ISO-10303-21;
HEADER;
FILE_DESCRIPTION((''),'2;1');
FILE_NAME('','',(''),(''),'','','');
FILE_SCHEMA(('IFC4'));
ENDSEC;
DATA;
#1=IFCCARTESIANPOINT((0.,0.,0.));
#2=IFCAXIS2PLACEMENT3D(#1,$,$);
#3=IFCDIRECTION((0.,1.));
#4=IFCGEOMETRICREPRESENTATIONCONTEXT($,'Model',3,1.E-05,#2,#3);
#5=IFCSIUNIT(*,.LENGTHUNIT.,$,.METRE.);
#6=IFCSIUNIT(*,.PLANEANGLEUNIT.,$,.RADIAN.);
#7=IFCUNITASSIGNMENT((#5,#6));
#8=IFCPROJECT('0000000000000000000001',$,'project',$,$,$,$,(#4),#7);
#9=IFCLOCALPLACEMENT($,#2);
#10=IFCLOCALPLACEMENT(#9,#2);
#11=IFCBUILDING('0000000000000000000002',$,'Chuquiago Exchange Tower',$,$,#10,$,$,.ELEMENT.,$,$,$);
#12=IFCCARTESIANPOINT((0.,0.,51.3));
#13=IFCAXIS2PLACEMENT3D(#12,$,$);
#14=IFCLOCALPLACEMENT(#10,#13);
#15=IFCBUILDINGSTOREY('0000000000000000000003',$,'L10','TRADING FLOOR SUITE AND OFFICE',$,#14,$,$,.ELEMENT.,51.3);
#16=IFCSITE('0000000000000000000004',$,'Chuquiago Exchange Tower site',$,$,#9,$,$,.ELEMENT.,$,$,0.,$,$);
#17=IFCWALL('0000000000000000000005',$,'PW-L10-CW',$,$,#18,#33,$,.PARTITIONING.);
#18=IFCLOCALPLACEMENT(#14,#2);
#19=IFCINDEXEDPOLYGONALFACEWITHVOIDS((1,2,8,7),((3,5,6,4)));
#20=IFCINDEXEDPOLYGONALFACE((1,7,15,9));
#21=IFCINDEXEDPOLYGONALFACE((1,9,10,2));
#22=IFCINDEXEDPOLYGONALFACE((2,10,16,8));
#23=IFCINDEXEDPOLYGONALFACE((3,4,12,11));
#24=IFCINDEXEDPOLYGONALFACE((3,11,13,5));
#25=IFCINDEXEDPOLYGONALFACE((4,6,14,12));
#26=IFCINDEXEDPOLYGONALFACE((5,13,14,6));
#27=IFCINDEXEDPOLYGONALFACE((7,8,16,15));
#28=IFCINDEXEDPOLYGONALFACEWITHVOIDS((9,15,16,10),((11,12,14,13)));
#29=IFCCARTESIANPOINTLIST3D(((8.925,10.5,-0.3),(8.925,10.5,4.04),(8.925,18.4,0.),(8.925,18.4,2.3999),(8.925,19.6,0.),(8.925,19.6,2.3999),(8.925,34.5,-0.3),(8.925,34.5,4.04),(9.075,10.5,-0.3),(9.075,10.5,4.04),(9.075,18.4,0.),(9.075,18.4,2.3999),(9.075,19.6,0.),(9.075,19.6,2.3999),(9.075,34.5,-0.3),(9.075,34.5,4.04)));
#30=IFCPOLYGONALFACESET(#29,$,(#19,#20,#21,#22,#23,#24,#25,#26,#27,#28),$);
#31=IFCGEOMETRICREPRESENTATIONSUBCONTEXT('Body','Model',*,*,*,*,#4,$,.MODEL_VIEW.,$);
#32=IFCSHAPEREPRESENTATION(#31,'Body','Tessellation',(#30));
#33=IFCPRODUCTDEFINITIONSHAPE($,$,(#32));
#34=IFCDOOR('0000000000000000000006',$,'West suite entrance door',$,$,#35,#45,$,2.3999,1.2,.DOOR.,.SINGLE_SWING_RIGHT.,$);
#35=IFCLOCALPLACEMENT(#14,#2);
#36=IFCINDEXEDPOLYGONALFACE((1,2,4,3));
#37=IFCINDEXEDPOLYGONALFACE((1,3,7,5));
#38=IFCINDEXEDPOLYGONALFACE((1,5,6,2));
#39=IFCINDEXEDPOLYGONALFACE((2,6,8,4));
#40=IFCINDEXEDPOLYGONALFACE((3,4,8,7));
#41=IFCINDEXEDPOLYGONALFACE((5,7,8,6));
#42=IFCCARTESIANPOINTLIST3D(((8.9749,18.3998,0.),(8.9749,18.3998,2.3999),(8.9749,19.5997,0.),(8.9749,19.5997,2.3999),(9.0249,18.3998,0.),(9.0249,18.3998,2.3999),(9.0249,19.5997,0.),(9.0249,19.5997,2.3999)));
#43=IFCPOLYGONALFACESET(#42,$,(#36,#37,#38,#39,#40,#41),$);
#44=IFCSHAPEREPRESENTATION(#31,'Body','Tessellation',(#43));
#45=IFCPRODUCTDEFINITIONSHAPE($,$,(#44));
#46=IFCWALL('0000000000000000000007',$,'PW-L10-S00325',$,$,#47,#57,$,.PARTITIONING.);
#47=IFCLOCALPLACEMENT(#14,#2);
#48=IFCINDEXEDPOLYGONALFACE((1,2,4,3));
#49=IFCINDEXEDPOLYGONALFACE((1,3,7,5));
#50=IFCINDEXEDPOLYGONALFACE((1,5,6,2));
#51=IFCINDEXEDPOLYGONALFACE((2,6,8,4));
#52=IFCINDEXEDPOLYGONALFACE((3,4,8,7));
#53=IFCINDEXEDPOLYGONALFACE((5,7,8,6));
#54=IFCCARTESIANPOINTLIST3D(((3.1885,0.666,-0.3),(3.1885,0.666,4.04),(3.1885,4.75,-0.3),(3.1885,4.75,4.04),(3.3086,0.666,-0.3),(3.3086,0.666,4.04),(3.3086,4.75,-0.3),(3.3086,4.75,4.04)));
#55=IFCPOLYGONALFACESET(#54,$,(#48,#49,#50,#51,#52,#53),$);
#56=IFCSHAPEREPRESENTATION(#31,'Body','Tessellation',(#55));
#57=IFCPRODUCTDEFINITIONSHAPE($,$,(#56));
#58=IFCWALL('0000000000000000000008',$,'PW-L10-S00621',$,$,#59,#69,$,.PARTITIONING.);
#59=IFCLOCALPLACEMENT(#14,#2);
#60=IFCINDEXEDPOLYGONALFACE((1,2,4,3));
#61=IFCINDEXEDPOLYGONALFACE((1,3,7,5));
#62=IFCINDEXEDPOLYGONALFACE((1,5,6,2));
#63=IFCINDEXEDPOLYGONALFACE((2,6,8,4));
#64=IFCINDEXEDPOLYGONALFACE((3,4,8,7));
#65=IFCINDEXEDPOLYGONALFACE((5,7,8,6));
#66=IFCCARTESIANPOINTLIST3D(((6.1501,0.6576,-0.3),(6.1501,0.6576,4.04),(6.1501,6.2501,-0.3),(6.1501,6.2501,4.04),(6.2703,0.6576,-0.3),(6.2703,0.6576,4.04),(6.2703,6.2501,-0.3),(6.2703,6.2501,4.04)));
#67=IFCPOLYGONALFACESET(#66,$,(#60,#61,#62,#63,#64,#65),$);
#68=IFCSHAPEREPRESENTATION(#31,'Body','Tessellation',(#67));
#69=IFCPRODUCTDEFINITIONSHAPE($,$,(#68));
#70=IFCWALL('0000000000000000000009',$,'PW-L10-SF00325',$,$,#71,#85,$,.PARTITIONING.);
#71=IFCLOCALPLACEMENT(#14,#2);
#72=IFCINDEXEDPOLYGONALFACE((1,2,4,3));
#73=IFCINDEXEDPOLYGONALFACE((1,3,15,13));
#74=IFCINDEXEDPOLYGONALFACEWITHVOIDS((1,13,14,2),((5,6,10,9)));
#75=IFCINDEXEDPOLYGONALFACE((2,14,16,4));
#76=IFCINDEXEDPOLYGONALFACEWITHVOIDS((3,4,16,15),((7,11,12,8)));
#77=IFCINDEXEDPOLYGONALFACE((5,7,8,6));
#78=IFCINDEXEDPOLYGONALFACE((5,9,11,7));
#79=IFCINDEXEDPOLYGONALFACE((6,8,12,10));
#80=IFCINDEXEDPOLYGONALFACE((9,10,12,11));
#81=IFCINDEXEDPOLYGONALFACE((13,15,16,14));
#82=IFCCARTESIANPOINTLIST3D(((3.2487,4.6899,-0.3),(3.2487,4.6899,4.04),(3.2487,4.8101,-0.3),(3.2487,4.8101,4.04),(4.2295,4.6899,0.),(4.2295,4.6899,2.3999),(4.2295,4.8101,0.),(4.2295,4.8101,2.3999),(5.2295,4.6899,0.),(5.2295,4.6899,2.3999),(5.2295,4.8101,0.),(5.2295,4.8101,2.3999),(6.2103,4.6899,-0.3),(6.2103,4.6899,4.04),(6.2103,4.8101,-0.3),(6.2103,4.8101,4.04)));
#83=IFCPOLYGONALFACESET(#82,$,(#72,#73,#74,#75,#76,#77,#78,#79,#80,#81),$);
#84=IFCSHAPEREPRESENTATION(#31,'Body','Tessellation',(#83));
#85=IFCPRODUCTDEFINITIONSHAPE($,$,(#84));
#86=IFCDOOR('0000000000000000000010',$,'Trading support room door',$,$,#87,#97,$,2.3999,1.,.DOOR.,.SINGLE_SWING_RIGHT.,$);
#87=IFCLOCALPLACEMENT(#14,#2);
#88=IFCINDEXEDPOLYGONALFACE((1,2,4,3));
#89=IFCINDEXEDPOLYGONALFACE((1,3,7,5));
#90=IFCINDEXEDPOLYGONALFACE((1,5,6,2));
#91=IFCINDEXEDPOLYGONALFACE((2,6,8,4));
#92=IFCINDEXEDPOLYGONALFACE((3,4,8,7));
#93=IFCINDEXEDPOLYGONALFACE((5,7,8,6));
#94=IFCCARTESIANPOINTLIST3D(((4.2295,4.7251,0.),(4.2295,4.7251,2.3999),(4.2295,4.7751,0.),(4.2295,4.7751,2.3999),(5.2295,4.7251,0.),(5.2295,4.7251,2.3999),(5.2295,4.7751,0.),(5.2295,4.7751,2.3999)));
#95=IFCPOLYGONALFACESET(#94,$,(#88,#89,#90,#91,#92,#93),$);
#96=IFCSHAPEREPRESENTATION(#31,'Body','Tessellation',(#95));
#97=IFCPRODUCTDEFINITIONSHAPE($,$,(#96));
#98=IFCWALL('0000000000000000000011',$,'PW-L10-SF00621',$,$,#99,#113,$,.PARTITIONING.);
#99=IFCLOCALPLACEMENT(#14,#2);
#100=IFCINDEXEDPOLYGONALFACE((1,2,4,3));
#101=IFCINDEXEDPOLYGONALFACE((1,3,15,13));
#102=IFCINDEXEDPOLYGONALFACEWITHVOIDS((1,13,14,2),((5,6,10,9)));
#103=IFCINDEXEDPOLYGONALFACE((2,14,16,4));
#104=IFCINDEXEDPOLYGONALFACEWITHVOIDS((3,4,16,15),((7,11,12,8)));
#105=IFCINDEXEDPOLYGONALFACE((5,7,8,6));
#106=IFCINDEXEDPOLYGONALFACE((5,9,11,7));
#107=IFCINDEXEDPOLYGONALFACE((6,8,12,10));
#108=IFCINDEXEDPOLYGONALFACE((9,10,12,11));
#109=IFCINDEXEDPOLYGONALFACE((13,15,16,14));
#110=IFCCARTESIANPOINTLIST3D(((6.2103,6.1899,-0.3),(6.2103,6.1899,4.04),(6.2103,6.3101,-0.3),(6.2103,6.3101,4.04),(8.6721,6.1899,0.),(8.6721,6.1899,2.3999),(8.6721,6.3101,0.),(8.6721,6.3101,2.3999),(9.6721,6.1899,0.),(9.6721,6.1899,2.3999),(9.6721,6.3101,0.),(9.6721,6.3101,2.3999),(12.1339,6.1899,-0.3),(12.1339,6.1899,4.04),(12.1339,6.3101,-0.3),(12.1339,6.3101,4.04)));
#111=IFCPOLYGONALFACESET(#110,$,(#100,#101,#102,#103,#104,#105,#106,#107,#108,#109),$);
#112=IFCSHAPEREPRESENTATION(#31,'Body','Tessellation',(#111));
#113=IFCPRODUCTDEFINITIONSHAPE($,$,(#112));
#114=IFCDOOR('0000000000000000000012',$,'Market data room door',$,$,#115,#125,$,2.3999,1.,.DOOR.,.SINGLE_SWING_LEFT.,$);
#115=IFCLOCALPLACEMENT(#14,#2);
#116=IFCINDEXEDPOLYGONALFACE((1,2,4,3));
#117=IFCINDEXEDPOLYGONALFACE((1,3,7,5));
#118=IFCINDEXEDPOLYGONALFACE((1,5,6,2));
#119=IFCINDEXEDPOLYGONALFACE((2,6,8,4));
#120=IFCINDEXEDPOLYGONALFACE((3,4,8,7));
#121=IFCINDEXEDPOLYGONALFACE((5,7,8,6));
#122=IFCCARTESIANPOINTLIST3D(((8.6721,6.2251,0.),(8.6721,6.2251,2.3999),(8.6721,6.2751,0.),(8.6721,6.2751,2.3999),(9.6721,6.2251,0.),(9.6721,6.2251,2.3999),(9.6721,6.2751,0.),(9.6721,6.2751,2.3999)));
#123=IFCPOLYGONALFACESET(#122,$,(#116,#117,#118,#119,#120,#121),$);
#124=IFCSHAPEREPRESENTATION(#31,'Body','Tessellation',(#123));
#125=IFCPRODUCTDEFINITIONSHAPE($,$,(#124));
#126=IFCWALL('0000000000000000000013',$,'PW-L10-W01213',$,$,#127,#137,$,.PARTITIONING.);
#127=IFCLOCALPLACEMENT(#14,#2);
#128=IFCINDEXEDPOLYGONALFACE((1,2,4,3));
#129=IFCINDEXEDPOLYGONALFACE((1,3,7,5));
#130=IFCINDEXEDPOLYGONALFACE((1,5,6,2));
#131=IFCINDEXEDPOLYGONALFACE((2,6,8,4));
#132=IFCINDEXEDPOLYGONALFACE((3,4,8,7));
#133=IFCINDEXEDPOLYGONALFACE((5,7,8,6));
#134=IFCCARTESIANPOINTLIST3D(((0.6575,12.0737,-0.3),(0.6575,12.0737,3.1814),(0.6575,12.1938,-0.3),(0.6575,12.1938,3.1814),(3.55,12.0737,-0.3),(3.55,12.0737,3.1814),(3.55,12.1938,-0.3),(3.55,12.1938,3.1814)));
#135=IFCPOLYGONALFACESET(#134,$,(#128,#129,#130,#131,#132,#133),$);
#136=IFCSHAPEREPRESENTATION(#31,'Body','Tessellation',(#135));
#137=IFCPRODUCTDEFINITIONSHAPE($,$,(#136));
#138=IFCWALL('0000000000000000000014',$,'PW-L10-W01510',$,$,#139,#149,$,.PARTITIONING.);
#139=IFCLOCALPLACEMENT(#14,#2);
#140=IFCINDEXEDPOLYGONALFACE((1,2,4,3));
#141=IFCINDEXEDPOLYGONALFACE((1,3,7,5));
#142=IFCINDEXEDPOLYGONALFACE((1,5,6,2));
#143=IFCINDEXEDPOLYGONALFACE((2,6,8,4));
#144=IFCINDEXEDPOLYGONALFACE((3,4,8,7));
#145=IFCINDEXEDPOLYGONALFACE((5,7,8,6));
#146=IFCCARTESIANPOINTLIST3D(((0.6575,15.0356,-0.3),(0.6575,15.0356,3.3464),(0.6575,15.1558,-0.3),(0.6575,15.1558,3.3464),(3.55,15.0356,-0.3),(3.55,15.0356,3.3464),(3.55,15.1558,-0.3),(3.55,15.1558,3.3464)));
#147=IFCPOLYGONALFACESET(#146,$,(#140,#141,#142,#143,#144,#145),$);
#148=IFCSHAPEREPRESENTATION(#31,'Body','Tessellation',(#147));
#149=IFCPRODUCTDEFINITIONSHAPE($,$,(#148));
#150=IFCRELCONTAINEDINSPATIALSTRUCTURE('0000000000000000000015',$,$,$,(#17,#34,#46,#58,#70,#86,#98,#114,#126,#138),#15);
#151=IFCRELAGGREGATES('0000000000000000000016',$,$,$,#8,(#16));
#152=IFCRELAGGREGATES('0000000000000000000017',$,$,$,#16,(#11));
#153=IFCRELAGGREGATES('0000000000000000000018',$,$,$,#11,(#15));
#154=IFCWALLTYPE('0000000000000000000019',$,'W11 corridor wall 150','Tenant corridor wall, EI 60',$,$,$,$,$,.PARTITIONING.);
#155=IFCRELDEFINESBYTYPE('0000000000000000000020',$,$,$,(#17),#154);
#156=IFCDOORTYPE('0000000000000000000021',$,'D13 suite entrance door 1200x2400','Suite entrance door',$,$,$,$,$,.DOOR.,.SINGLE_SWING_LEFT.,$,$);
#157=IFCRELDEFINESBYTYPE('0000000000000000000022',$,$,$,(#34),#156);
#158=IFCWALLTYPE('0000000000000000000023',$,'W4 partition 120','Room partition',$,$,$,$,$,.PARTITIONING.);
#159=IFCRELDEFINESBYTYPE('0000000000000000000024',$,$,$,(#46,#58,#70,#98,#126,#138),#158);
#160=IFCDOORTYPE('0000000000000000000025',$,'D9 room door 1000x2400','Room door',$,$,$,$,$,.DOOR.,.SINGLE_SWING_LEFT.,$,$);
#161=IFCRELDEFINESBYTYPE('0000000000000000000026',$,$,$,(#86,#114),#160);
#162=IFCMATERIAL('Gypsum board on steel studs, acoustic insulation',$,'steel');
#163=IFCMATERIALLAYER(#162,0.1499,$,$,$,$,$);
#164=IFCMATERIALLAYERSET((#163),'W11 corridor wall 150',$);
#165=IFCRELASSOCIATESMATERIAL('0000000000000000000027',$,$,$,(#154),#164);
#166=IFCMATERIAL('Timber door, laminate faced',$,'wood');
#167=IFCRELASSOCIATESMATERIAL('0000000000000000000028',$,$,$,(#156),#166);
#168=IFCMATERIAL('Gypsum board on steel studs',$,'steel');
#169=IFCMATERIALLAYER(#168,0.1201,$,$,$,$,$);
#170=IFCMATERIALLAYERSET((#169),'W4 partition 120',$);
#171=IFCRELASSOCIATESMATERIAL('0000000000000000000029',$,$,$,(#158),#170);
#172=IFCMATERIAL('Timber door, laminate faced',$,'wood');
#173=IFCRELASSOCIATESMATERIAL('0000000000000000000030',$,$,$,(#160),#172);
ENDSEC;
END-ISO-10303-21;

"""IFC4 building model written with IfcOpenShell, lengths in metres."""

from ifc_helpers import new_model, si_unit, direction, frame, frame_2d, origin, place, context, subcontext, project, spatial, rectangle, extrude, material, layer, layer_set, type_object, element, fill, save


model = new_model("IFC4")

# Units and contexts
model_context = context("Model", 3, precision=1e-05, world=origin(), true_north=direction((0.0, 1.0)))
body_context = subcontext(model_context, "Body", "Model", "MODEL_VIEW")
ifc_project = project(units=[si_unit("LENGTHUNIT", "METRE"), si_unit("PLANEANGLEUNIT", "RADIAN")], contexts=[model_context])

# Site, building, storey
site_placement = place(None, origin())
site = spatial("IfcSite", under=ifc_project, at=site_placement, Name="Chuquiago Exchange Tower site", CompositionType="ELEMENT", RefElevation=0.0)
building_placement = place(site_placement, origin())
building = spatial("IfcBuilding", under=site, at=building_placement, Name="Chuquiago Exchange Tower", CompositionType="ELEMENT")
storey_placement = place(building_placement, frame((0.0, 0.0, 51.3)))
storey = spatial("IfcBuildingStorey", under=building, at=storey_placement, Name="L10", Description="TRADING FLOOR SUITE AND OFFICE", CompositionType="ELEMENT", Elevation=51.3)

# Shared definitions
ifc_material_1 = material(Name="Gypsum board on steel studs, acoustic insulation", Category="steel")
ifc_layer_1 = layer(ifc_material_1, 0.1499)
ifc_layer_set_1 = layer_set([ifc_layer_1], Name="W11 corridor wall 150")
wall_type_1 = type_object("IfcWallType", Name="W11 corridor wall 150", Description="Tenant corridor wall, EI 60", PredefinedType="PARTITIONING", material=ifc_layer_set_1)

# Wall, opening, door
wall_1_placement = place(storey_placement, frame((9.0, 10.5, -0.3), z_axis=(0.0, 0.0, 1.0), x_axis=(0.0, 1.0, 0.0)))
wall_1 = element("IfcWall", 1, at=wall_1_placement, inside=storey, type_object=wall_type_1, Name="PW-L10-CW", PredefinedType="PARTITIONING", context=body_context, shape_type="SweptSolid", body=[
    extrude(rectangle(XDim=24.0, YDim=0.1499, at=frame_2d((12.0, 0.0))), origin(), (0.0, 0.0, 1.0), 4.3401),
])
opening_1_placement = place(wall_1_placement, frame((7.8999, 0.0, 0.3)))
opening_1 = element("IfcOpeningElement", 2, at=opening_1_placement, cuts=wall_1, PredefinedType="OPENING", context=body_context, shape_type="SweptSolid", body=[
    extrude(rectangle(XDim=1.2, YDim=2.3999, at=frame_2d((0.6001, 1.2))), frame((0.0, 0.085, 0.0), z_axis=(0.0, -1.0, 0.0), x_axis=(1.0, 0.0, 0.0)), (0.0, 0.0, 1.0), 0.1699),
])
ifc_material_2 = material(Name="Timber door, laminate faced", Category="wood")
door_type_1 = type_object("IfcDoorType", Name="D13 suite entrance door 1200x2400", Description="Suite entrance door", OperationType="SINGLE_SWING_LEFT", PredefinedType="DOOR", material=ifc_material_2)
door_1_placement = place(opening_1_placement, frame((1.2, 0.0, 0.0), z_axis=(0.0, 0.0, 1.0), x_axis=(-1.0, 0.0, 0.0)))
door_1 = element("IfcDoor", 3, at=door_1_placement, inside=storey, type_object=door_type_1, Name="West suite entrance door", OperationType="SINGLE_SWING_RIGHT", OverallHeight=2.3999, OverallWidth=1.2, PredefinedType="DOOR", context=body_context, shape_type="SweptSolid", body=[
    extrude(rectangle(XDim=1.2, YDim=2.3999, at=frame_2d((0.6001, 1.2))), frame((0.0, 0.0249, 0.0), z_axis=(0.0, -1.0, 0.0), x_axis=(1.0, 0.0, 0.0)), (0.0, 0.0, 1.0), 0.05),
])
fill(opening_1, door_1)

# Walls
ifc_material_3 = material(Name="Gypsum board on steel studs", Category="steel")
ifc_layer_2 = layer(ifc_material_3, 0.1201)
ifc_layer_set_2 = layer_set([ifc_layer_2], Name="W4 partition 120")
wall_type_2 = type_object("IfcWallType", Name="W4 partition 120", Description="Room partition", PredefinedType="PARTITIONING", material=ifc_layer_set_2)
wall_2_placement = place(storey_placement, frame((3.2485, 0.666, -0.3), z_axis=(0.0, 0.0, 1.0), x_axis=(0.0, 1.0, 0.0)))
element("IfcWall", 4, at=wall_2_placement, inside=storey, type_object=wall_type_2, Name="PW-L10-S00325", PredefinedType="PARTITIONING", context=body_context, shape_type="SweptSolid", body=[
    extrude(rectangle(XDim=4.084, YDim=0.1201, at=frame_2d((2.042, 0.0))), origin(), (0.0, 0.0, 1.0), 4.3401),
])
wall_3_placement = place(storey_placement, frame((6.2102, 0.6575, -0.3), z_axis=(0.0, 0.0, 1.0), x_axis=(0.0, 1.0, 0.0)))
element("IfcWall", 5, at=wall_3_placement, inside=storey, type_object=wall_type_2, Name="PW-L10-S00621", PredefinedType="PARTITIONING", context=body_context, shape_type="SweptSolid", body=[
    extrude(rectangle(XDim=5.5925, YDim=0.1201, at=frame_2d((2.7964, 0.0))), origin(), (0.0, 0.0, 1.0), 4.3401),
])

# Walls, openings, doors
wall_4_placement = place(storey_placement, frame((3.2485, 4.75, -0.3), z_axis=(0.0, 0.0, 1.0), x_axis=(1.0, 0.0, 0.0)))
wall_4 = element("IfcWall", 6, at=wall_4_placement, inside=storey, type_object=wall_type_2, Name="PW-L10-SF00325", PredefinedType="PARTITIONING", context=body_context, shape_type="SweptSolid", body=[
    extrude(rectangle(XDim=2.9617, YDim=0.1201, at=frame_2d((1.481, 0.0))), origin(), (0.0, 0.0, 1.0), 4.3401),
])
opening_2_placement = place(wall_4_placement, frame((0.981, 0.0, 0.3)))
opening_2 = element("IfcOpeningElement", 7, at=opening_2_placement, cuts=wall_4, PredefinedType="OPENING", context=body_context, shape_type="SweptSolid", body=[
    extrude(rectangle(XDim=1.0, YDim=2.3999, at=frame_2d((0.5, 1.2))), frame((0.0, 0.0701, 0.0), z_axis=(0.0, -1.0, 0.0), x_axis=(1.0, 0.0, 0.0)), (0.0, 0.0, 1.0), 0.1401),
])
ifc_material_4 = material(Name="Timber door, laminate faced", Category="wood")
door_type_2 = type_object("IfcDoorType", Name="D9 room door 1000x2400", Description="Room door", OperationType="SINGLE_SWING_LEFT", PredefinedType="DOOR", material=ifc_material_4)
door_2_placement = place(opening_2_placement, frame((1.0, 0.0, 0.0), z_axis=(0.0, 0.0, 1.0), x_axis=(-1.0, 0.0, 0.0)))
door_2 = element("IfcDoor", 8, at=door_2_placement, inside=storey, type_object=door_type_2, Name="Trading support room door", OperationType="SINGLE_SWING_RIGHT", OverallHeight=2.3999, OverallWidth=1.0, PredefinedType="DOOR", context=body_context, shape_type="SweptSolid", body=[
    extrude(rectangle(XDim=1.0, YDim=2.3999, at=frame_2d((0.5, 1.2))), frame((0.0, 0.0249, 0.0), z_axis=(0.0, -1.0, 0.0), x_axis=(1.0, 0.0, 0.0)), (0.0, 0.0, 1.0), 0.05),
])
fill(opening_2, door_2)
wall_5_placement = place(storey_placement, frame((6.2102, 6.25, -0.3), z_axis=(0.0, 0.0, 1.0), x_axis=(1.0, 0.0, 0.0)))
wall_5 = element("IfcWall", 9, at=wall_5_placement, inside=storey, type_object=wall_type_2, Name="PW-L10-SF00621", PredefinedType="PARTITIONING", context=body_context, shape_type="SweptSolid", body=[
    extrude(rectangle(XDim=5.9236, YDim=0.1201, at=frame_2d((2.9619, 0.0))), origin(), (0.0, 0.0, 1.0), 4.3401),
])
opening_3_placement = place(wall_5_placement, frame((2.4619, 0.0, 0.3)))
opening_3 = element("IfcOpeningElement", 10, at=opening_3_placement, cuts=wall_5, PredefinedType="OPENING", context=body_context, shape_type="SweptSolid", body=[
    extrude(rectangle(XDim=1.0, YDim=2.3999, at=frame_2d((0.5, 1.2))), frame((0.0, 0.0701, 0.0), z_axis=(0.0, -1.0, 0.0), x_axis=(1.0, 0.0, 0.0)), (0.0, 0.0, 1.0), 0.1401),
])
door_3_placement = place(opening_3_placement, frame((1.0, 0.0, 0.0), z_axis=(0.0, 0.0, 1.0), x_axis=(-1.0, 0.0, 0.0)))
door_3 = element("IfcDoor", 11, at=door_3_placement, inside=storey, type_object=door_type_2, Name="Market data room door", OperationType="SINGLE_SWING_LEFT", OverallHeight=2.3999, OverallWidth=1.0, PredefinedType="DOOR", context=body_context, shape_type="SweptSolid", body=[
    extrude(rectangle(XDim=1.0, YDim=2.3999, at=frame_2d((0.5, 1.2))), frame((0.0, 0.0249, 0.0), z_axis=(0.0, -1.0, 0.0), x_axis=(1.0, 0.0, 0.0)), (0.0, 0.0, 1.0), 0.05),
])
fill(opening_3, door_3)

# Walls
wall_6_placement = place(storey_placement, frame((0.6575, 12.1338, -0.3), z_axis=(0.0, 0.0, 1.0), x_axis=(1.0, 0.0, 0.0)))
element("IfcWall", 12, at=wall_6_placement, inside=storey, type_object=wall_type_2, Name="PW-L10-W01213", PredefinedType="PARTITIONING", context=body_context, shape_type="SweptSolid", body=[
    extrude(rectangle(XDim=2.8926, YDim=0.1201, at=frame_2d((1.4463, 0.0))), origin(), (0.0, 0.0, 1.0), 3.4814),
])
wall_7_placement = place(storey_placement, frame((0.6575, 15.0957, -0.3), z_axis=(0.0, 0.0, 1.0), x_axis=(1.0, 0.0, 0.0)))
element("IfcWall", 13, at=wall_7_placement, inside=storey, type_object=wall_type_2, Name="PW-L10-W01510", PredefinedType="PARTITIONING", context=body_context, shape_type="SweptSolid", body=[
    extrude(rectangle(XDim=2.8926, YDim=0.1201, at=frame_2d((1.4463, 0.0))), origin(), (0.0, 0.0, 1.0), 3.6465),
])

save(model, "model.ifc")
